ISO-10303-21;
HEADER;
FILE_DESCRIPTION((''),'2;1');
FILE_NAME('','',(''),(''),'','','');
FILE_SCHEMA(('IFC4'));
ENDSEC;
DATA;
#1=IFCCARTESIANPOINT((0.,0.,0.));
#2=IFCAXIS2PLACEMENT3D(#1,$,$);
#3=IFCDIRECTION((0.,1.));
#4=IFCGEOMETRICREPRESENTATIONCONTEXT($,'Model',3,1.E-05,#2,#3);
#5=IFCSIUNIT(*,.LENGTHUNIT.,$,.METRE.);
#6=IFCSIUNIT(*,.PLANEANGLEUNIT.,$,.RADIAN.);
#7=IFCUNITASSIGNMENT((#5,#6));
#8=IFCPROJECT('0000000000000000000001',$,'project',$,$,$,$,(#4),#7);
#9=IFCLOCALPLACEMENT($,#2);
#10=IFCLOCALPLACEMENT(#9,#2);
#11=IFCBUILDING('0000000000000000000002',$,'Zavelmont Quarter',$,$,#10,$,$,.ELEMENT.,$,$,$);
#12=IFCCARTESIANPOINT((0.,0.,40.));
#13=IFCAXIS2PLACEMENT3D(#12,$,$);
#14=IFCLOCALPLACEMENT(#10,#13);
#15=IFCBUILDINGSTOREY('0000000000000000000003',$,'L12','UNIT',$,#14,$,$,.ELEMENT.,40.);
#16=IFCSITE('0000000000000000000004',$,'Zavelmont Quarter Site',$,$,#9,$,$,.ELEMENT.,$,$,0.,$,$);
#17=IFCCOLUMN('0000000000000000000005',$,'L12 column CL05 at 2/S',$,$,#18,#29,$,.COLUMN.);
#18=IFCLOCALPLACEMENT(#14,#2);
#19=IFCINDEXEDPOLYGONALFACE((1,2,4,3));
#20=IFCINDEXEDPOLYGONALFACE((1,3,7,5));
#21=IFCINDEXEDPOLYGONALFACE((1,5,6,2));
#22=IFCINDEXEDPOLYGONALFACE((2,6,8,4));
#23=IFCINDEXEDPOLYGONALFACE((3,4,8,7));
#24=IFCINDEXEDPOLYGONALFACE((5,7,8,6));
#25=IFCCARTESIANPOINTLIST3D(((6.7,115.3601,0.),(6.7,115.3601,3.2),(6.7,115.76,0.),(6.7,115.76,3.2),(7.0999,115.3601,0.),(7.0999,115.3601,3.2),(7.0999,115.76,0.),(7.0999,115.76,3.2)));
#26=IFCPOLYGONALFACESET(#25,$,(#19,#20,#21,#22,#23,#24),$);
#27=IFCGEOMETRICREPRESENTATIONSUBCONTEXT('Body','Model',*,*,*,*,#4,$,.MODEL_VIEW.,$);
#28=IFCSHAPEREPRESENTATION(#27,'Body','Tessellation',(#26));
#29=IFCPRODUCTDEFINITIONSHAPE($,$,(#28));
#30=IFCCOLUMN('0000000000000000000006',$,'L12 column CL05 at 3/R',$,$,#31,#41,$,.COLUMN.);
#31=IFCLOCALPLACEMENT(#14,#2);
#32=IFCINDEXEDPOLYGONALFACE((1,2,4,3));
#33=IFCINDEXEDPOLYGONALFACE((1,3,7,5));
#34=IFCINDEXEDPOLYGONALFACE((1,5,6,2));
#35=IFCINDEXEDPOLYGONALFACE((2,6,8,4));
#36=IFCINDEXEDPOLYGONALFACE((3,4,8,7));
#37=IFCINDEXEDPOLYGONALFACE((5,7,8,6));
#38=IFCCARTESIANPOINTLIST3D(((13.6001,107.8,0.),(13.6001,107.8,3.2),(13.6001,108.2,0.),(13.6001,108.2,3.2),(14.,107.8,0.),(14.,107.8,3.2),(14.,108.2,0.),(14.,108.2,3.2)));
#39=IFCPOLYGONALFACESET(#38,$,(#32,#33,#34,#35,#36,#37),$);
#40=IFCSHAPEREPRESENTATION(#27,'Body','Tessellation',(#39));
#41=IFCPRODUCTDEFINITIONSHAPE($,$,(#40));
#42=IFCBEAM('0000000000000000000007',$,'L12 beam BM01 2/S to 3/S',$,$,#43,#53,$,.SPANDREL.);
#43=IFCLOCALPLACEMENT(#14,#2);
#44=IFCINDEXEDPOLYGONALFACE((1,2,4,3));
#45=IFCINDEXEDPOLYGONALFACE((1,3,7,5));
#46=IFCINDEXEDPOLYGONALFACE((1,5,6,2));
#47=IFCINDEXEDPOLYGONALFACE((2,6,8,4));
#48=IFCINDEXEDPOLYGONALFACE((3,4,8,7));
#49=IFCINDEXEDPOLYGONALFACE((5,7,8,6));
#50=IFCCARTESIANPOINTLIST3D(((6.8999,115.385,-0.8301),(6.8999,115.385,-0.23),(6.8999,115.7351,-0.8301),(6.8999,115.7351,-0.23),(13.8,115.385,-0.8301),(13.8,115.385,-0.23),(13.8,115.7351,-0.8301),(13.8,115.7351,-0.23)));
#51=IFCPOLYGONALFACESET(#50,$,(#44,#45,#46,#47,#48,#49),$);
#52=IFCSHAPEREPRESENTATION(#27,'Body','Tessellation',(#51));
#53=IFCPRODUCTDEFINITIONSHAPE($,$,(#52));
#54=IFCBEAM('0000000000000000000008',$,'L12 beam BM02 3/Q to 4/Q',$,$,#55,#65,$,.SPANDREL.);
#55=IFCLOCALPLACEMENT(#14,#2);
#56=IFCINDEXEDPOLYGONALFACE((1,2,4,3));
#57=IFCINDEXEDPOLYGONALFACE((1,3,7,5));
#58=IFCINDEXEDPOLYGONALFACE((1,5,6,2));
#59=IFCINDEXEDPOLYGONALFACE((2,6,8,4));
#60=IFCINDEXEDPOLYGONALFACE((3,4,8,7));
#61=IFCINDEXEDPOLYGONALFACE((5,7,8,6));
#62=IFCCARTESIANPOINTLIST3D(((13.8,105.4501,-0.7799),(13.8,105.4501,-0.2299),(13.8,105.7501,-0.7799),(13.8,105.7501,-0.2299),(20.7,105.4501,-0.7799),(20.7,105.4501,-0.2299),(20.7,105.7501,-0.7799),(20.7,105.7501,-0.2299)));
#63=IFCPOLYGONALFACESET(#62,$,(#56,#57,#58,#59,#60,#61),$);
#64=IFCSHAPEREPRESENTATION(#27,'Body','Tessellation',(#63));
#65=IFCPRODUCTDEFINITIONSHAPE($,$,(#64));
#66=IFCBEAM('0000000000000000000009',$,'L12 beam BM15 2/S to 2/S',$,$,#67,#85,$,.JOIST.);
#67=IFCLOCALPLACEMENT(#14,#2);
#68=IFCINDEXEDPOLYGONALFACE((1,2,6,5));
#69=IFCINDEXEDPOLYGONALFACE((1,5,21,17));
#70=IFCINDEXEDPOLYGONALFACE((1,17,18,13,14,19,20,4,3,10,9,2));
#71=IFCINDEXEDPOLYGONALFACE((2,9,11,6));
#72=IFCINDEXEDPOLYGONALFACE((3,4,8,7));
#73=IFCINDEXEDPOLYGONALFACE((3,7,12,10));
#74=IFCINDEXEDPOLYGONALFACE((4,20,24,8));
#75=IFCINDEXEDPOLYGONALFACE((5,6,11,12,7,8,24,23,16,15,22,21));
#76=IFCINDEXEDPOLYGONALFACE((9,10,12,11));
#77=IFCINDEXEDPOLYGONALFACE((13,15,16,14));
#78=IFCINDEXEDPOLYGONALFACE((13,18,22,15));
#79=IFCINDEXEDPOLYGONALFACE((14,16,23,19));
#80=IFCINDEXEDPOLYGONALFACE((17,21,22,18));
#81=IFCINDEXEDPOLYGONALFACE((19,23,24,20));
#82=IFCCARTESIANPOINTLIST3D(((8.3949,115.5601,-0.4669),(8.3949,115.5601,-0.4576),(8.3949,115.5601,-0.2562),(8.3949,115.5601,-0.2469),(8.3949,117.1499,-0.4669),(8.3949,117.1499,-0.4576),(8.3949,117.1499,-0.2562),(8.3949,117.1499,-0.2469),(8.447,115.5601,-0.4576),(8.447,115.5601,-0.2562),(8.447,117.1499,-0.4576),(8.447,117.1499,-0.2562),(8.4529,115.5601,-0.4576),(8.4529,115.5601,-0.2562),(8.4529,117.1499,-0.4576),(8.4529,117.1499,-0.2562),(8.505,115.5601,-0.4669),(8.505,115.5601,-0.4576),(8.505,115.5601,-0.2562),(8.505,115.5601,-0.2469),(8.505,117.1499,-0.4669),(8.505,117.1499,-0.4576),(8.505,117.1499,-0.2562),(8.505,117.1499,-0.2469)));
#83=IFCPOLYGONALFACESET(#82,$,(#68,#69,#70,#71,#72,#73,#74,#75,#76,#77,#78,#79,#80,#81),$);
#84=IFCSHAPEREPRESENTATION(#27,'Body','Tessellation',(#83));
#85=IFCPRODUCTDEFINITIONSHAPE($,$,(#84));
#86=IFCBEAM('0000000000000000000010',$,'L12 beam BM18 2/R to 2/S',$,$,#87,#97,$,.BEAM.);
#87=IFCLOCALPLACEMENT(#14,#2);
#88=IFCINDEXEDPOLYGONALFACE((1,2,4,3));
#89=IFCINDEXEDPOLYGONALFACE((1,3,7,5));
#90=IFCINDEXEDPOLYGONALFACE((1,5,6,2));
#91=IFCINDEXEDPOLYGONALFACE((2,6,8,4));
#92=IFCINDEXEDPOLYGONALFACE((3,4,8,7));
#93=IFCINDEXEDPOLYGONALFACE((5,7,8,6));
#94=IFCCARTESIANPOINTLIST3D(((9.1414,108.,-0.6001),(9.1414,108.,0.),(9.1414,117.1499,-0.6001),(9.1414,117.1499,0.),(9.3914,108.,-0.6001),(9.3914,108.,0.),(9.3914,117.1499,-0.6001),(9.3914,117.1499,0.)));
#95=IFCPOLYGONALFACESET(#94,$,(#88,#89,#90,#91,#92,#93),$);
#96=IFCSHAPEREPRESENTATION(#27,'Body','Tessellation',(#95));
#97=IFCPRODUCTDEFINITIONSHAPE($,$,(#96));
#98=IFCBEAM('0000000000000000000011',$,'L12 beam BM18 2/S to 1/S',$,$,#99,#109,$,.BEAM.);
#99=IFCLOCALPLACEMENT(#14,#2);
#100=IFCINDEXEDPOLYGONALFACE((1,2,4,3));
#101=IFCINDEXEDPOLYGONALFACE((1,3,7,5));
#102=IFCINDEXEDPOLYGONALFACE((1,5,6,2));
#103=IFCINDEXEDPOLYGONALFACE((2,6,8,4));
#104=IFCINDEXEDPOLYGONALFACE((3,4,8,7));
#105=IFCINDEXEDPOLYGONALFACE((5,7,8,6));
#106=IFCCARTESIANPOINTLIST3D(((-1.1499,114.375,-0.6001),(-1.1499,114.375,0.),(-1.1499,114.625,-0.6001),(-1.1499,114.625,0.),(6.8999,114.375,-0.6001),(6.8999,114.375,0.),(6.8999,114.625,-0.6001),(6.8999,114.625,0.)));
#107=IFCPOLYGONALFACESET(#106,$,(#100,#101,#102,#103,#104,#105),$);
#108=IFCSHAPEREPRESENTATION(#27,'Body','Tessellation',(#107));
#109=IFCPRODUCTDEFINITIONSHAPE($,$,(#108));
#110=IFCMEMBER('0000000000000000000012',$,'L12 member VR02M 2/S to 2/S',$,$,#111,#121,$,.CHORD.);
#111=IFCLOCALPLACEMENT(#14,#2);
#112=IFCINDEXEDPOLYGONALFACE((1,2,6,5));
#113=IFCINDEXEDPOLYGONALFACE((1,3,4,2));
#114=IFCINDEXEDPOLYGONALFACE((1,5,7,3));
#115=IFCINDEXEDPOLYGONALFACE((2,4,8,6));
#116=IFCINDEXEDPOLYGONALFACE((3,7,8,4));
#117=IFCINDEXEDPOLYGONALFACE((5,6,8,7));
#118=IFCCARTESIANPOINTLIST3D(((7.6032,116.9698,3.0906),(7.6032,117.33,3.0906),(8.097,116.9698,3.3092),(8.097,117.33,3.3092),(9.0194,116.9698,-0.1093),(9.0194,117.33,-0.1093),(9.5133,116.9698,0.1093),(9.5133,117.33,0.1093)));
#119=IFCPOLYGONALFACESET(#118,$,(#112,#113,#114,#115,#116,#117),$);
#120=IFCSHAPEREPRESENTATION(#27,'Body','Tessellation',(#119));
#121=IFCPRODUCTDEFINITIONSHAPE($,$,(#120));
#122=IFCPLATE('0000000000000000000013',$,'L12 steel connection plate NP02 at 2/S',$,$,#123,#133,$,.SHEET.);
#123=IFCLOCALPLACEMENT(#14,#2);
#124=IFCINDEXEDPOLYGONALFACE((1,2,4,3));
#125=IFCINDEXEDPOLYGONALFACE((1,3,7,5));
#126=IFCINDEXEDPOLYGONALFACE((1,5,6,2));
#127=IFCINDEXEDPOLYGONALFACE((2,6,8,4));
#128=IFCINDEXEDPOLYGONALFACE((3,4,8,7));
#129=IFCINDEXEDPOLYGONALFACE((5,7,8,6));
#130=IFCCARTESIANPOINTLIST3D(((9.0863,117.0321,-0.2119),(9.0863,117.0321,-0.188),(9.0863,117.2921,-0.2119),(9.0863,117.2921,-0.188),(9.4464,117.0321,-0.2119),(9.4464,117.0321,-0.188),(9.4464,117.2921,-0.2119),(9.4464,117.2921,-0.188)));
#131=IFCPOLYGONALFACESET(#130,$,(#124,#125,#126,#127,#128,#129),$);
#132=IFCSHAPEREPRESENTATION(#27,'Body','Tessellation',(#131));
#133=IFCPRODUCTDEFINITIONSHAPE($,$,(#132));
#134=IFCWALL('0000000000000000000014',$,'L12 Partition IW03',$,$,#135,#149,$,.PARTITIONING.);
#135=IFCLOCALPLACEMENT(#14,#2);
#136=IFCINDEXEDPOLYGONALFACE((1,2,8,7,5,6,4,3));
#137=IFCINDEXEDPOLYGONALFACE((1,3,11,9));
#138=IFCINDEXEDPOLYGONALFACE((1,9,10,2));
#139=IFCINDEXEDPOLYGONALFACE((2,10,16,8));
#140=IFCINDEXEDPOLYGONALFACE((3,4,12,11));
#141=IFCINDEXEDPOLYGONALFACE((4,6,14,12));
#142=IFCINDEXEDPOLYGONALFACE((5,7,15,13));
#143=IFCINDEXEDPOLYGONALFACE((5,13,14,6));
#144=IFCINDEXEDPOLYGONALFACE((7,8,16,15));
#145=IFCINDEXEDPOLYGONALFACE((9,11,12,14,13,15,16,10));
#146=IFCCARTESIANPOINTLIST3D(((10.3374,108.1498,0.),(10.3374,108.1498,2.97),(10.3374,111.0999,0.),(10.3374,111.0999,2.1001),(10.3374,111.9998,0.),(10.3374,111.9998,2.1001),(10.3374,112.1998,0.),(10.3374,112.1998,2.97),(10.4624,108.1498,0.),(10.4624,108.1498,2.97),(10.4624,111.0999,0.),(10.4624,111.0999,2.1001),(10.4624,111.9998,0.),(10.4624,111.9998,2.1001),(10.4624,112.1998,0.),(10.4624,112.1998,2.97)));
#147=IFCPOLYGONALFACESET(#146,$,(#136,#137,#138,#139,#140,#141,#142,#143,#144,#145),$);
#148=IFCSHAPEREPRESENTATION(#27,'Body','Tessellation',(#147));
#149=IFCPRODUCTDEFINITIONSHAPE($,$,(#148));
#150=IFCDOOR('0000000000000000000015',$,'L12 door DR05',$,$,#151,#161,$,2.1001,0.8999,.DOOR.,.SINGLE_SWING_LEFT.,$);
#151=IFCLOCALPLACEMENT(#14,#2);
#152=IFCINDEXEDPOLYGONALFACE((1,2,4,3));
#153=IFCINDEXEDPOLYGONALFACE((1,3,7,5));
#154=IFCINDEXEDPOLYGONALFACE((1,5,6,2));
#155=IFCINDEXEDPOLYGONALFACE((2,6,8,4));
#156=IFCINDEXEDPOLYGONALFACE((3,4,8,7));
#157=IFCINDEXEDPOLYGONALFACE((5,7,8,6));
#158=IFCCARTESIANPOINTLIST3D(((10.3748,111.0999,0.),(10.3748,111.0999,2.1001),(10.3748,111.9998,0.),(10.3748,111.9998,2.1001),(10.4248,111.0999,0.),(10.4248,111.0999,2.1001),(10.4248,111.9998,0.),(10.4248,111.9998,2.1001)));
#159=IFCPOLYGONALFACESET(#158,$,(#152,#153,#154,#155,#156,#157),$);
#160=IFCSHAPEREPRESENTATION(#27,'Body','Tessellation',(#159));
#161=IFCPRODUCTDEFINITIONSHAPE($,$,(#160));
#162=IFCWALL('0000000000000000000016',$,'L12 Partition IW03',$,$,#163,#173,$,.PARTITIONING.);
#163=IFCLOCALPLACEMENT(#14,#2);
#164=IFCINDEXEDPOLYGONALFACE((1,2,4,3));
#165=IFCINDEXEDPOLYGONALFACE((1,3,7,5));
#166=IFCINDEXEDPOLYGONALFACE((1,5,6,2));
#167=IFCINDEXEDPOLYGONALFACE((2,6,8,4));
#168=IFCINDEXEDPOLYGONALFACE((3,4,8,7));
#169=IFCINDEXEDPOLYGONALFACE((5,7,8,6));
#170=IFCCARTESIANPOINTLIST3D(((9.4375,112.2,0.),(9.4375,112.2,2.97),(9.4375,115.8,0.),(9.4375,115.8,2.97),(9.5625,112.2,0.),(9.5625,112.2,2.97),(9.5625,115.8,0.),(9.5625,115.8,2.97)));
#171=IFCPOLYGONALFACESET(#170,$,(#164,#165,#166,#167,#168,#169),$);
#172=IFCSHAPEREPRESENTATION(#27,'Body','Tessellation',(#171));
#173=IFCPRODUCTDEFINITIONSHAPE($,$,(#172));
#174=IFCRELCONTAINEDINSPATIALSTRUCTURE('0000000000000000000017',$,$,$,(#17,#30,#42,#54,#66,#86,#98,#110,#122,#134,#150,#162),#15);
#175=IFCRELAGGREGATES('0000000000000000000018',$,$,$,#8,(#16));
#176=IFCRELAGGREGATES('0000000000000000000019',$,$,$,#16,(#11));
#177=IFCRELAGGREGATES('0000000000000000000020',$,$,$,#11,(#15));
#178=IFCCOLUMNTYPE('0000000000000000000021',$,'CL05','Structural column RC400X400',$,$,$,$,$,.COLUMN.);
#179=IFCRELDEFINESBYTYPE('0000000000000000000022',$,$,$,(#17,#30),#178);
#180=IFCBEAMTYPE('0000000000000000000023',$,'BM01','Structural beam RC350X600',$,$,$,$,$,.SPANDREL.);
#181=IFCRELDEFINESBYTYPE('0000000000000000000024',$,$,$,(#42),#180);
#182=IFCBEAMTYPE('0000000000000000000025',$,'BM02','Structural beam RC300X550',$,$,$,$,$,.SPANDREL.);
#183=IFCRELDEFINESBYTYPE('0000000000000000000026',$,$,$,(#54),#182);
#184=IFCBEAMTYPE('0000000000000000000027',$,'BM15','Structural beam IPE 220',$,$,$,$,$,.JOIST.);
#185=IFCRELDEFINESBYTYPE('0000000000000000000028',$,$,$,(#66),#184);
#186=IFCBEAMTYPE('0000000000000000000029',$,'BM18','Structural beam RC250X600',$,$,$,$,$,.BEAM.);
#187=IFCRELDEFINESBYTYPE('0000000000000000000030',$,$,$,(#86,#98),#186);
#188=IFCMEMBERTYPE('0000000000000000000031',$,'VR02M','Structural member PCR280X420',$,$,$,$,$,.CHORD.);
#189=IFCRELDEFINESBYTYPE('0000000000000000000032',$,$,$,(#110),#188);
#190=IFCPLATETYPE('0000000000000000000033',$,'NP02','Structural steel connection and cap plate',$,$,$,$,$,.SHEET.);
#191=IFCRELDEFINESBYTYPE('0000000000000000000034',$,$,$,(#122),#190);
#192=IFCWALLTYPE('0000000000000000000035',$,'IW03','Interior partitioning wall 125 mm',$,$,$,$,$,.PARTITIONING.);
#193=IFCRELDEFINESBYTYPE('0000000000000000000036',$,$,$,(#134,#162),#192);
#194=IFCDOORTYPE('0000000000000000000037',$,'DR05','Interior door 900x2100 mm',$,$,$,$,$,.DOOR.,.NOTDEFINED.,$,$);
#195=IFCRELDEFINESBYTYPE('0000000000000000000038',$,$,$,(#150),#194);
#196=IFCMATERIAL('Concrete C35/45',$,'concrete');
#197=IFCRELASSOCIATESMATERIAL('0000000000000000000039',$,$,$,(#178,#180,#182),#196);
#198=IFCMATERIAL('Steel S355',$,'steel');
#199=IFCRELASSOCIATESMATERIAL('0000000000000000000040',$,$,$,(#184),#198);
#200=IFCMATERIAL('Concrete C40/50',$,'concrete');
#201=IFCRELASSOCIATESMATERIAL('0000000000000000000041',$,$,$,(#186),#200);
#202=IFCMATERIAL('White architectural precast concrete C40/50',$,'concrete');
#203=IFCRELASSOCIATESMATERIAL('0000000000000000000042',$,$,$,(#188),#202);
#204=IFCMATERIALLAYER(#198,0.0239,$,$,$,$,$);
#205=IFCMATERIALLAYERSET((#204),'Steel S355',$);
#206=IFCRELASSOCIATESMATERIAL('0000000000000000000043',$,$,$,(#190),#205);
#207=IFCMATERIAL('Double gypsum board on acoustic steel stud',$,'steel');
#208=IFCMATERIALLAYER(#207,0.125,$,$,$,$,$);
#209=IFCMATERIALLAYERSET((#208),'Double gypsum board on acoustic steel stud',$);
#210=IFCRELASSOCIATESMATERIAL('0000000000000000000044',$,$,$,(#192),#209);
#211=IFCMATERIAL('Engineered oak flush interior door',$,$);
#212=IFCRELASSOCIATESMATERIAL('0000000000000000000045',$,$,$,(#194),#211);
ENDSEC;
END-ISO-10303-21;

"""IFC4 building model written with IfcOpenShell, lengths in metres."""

from ifc_helpers import new_model, si_unit, direction, frame, frame_2d, origin, origin_2d, place, context, subcontext, project, spatial, rectangle, i_section, extrude, material, layer, layer_set, material_profile, profile_set, type_object, element, fill, save


model = new_model("IFC4")

# Units and contexts
model_context = context("Model", 3, precision=1e-05, world=origin(), true_north=direction((0.0, 1.0)))
body_context = subcontext(model_context, "Body", "Model", "MODEL_VIEW")
ifc_project = project(units=[si_unit("LENGTHUNIT", "METRE"), si_unit("PLANEANGLEUNIT", "RADIAN")], contexts=[model_context])

# Site, building, storey
site_placement = place(None, origin())
site = spatial("IfcSite", under=ifc_project, at=site_placement, Name="Zavelmont Quarter Site", CompositionType="ELEMENT", RefElevation=0.0)
building_placement = place(site_placement, origin())
building = spatial("IfcBuilding", under=site, at=building_placement, Name="Zavelmont Quarter", CompositionType="ELEMENT")
storey_placement = place(building_placement, frame((0.0, 0.0, 40.0)))
storey = spatial("IfcBuildingStorey", under=building, at=storey_placement, Name="L12", Description="UNIT", CompositionType="ELEMENT", Elevation=40.0)

# Columns
ifc_material_1 = material(Name="Concrete C35/45", Category="concrete")
ifc_material_profile_1 = material_profile(ifc_material_1, rectangle(XDim=0.3999, YDim=0.3999, at=origin_2d()), Name="RC400X400")
ifc_profile_set_1 = profile_set([ifc_material_profile_1], Name="Concrete C35/45")
column_type = type_object("IfcColumnType", Name="CL05", Description="Structural column RC400X400", PredefinedType="COLUMN", material=ifc_profile_set_1)
for number, where, z_axis, x_axis, name in (
    (1, (6.8999, 115.5601, 0.0), (0.0, 0.0, 1.0), (1.0, 0.0, 0.0), "L12 column CL05 at 2/S"),
    (2, (13.8, 108.0, 0.0), (0.0, 0.0, 1.0), (1.0, 0.0, 0.0), "L12 column CL05 at 3/R"),
):
    element("IfcColumn", number, at=place(storey_placement, frame(where, z_axis=z_axis, x_axis=x_axis)), inside=storey, type_object=column_type, Name=name, PredefinedType="COLUMN", context=body_context, shape_type="SweptSolid", body=[
        extrude(rectangle(XDim=0.3999, YDim=0.3999, at=origin_2d()), origin(), (0.0, 0.0, 1.0), 3.2),
    ])

# Beams
ifc_material_profile_2 = material_profile(ifc_material_1, rectangle(XDim=0.3501, YDim=0.6001, at=origin_2d()), Name="RC350X600")
ifc_profile_set_2 = profile_set([ifc_material_profile_2], Name="Concrete C35/45")
beam_type_1 = type_object("IfcBeamType", Name="BM01", Description="Structural beam RC350X600", PredefinedType="SPANDREL", material=ifc_profile_set_2)
beam_1_placement = place(storey_placement, frame((6.8999, 115.5601, -0.53), z_axis=(1.0, 0.0, 0.0), x_axis=(0.0, 1.0, 0.0)))
element("IfcBeam", 3, at=beam_1_placement, inside=storey, type_object=beam_type_1, Name="L12 beam BM01 2/S to 3/S", PredefinedType="SPANDREL", context=body_context, shape_type="SweptSolid", body=[
    extrude(rectangle(XDim=0.3501, YDim=0.6001, at=origin_2d()), origin(), (0.0, 0.0, 1.0), 6.9001),
])
ifc_material_profile_3 = material_profile(ifc_material_1, rectangle(XDim=0.3, YDim=0.55, at=origin_2d()), Name="RC300X550")
ifc_profile_set_3 = profile_set([ifc_material_profile_3], Name="Concrete C35/45")
beam_type_2 = type_object("IfcBeamType", Name="BM02", Description="Structural beam RC300X550", PredefinedType="SPANDREL", material=ifc_profile_set_3)
beam_2_placement = place(storey_placement, frame((13.8, 105.6001, -0.5049), z_axis=(1.0, 0.0, 0.0), x_axis=(0.0, 1.0, 0.0)))
element("IfcBeam", 4, at=beam_2_placement, inside=storey, type_object=beam_type_2, Name="L12 beam BM02 3/Q to 4/Q", PredefinedType="SPANDREL", context=body_context, shape_type="SweptSolid", body=[
    extrude(rectangle(XDim=0.3, YDim=0.55, at=origin_2d()), origin(), (0.0, 0.0, 1.0), 6.8999),
])
ifc_material_2 = material(Name="Steel S355", Category="steel")
ifc_material_profile_4 = material_profile(ifc_material_2, i_section(OverallWidth=0.1101, OverallDepth=0.22, WebThickness=0.0059, FlangeThickness=0.0093, at=origin_2d()), Name="IPE 220")
ifc_profile_set_4 = profile_set([ifc_material_profile_4], Name="Steel S355")
beam_type_3 = type_object("IfcBeamType", Name="BM15", Description="Structural beam IPE 220", PredefinedType="JOIST", material=ifc_profile_set_4)
beam_3_placement = place(storey_placement, frame((8.45, 115.5601, -0.3569), z_axis=(0.0, 1.0, 0.0), x_axis=(-1.0, 0.0, 0.0)))
element("IfcBeam", 5, at=beam_3_placement, inside=storey, type_object=beam_type_3, Name="L12 beam BM15 2/S to 2/S", PredefinedType="JOIST", context=body_context, shape_type="SweptSolid", body=[
    extrude(i_section(OverallWidth=0.1101, OverallDepth=0.22, WebThickness=0.0059, FlangeThickness=0.0093, at=origin_2d()), origin(), (0.0, 0.0, 1.0), 1.5898),
])
ifc_material_3 = material(Name="Concrete C40/50", Category="concrete")
ifc_material_profile_5 = material_profile(ifc_material_3, rectangle(XDim=0.25, YDim=0.6001, at=origin_2d()), Name="RC250X600")
ifc_profile_set_5 = profile_set([ifc_material_profile_5], Name="Concrete C40/50")
beam_type_4 = type_object("IfcBeamType", Name="BM18", Description="Structural beam RC250X600", PredefinedType="BEAM", material=ifc_profile_set_5)
beam_4_placement = place(storey_placement, frame((9.2664, 108.0, -0.3), z_axis=(0.0, 1.0, 0.0), x_axis=(-1.0, 0.0, 0.0)))
element("IfcBeam", 6, at=beam_4_placement, inside=storey, type_object=beam_type_4, Name="L12 beam BM18 2/R to 2/S", PredefinedType="BEAM", context=body_context, shape_type="SweptSolid", body=[
    extrude(rectangle(XDim=0.25, YDim=0.6001, at=origin_2d()), origin(), (0.0, 0.0, 1.0), 9.1499),
])
beam_5_placement = place(storey_placement, frame((6.8999, 114.5, -0.3), z_axis=(-1.0, 0.0, 0.0), x_axis=(0.0, -1.0, 0.0)))
element("IfcBeam", 7, at=beam_5_placement, inside=storey, type_object=beam_type_4, Name="L12 beam BM18 2/S to 1/S", PredefinedType="BEAM", context=body_context, shape_type="SweptSolid", body=[
    extrude(rectangle(XDim=0.25, YDim=0.6001, at=origin_2d()), origin(), (0.0, 0.0, 1.0), 8.0498),
])

# Member
ifc_material_4 = material(Name="White architectural precast concrete C40/50", Category="concrete")
ifc_material_profile_6 = material_profile(ifc_material_4, rectangle(XDim=0.3601, YDim=0.54, at=origin_2d()), Name="PCR280X420")
ifc_profile_set_6 = profile_set([ifc_material_profile_6], Name="White architectural precast concrete C40/50")
member_type = type_object("IfcMemberType", Name="VR02M", Description="Structural member PCR280X420", PredefinedType="CHORD", material=ifc_profile_set_6)
member_placement = place(storey_placement, frame((9.2664, 117.1499, 0.0), z_axis=(-0.40472, 0.0, 0.914441), x_axis=(0.0, -1.0, 0.0)))
element("IfcMember", 8, at=member_placement, inside=storey, type_object=member_type, Name="L12 member VR02M 2/S to 2/S", PredefinedType="CHORD", context=body_context, shape_type="SweptSolid", body=[
    extrude(rectangle(XDim=0.3601, YDim=0.54, at=origin_2d()), origin(), (0.0, 0.0, 1.0), 3.4993),
])

# Plate
ifc_layer_1 = layer(ifc_material_2, 0.0239)
ifc_layer_set_1 = layer_set([ifc_layer_1], Name="Steel S355")
plate_type = type_object("IfcPlateType", Name="NP02", Description="Structural steel connection and cap plate", PredefinedType="SHEET", material=ifc_layer_set_1)
plate_placement = place(storey_placement, frame((9.2664, 117.1621, -0.2119), z_axis=(0.0, 0.0, 1.0), x_axis=(1.0, 0.0, 0.0)))
element("IfcPlate", 9, at=plate_placement, inside=storey, type_object=plate_type, Name="L12 steel connection plate NP02 at 2/S", PredefinedType="SHEET", context=body_context, shape_type="SweptSolid", body=[
    extrude(rectangle(XDim=0.3601, YDim=0.26, at=origin_2d()), origin(), (0.0, 0.0, 1.0), 0.0239),
])

# Wall, opening, door
ifc_material_5 = material(Name="Double gypsum board on acoustic steel stud", Category="steel")
ifc_layer_2 = layer(ifc_material_5, 0.125)
ifc_layer_set_2 = layer_set([ifc_layer_2], Name="Double gypsum board on acoustic steel stud")
wall_type_1 = type_object("IfcWallType", Name="IW03", Description="Interior partitioning wall 125 mm", PredefinedType="PARTITIONING", material=ifc_layer_set_2)
wall_1_placement = place(storey_placement, frame((10.3999, 108.1499, 0.0), z_axis=(0.0, 0.0, 1.0), x_axis=(0.0, 1.0, 0.0)))
wall_1 = element("IfcWall", 10, at=wall_1_placement, inside=storey, type_object=wall_type_1, Name="L12 Partition IW03", PredefinedType="PARTITIONING", context=body_context, shape_type="SweptSolid", body=[
    extrude(rectangle(XDim=4.05, YDim=0.125, at=frame_2d((2.0249, 0.0))), origin(), (0.0, 0.0, 1.0), 2.97),
])
opening_1_placement = place(wall_1_placement, frame((2.95, 0.0, 0.0)))
opening_1 = element("IfcOpeningElement", 11, at=opening_1_placement, cuts=wall_1, PredefinedType="OPENING", context=body_context, shape_type="SweptSolid", body=[
    extrude(rectangle(XDim=0.8999, YDim=2.1001, at=frame_2d((0.45, 1.05))), frame((0.0, 0.0745, 0.0), z_axis=(0.0, -1.0, 0.0), x_axis=(1.0, 0.0, 0.0)), (0.0, 0.0, 1.0), 0.1489),
])
ifc_material_6 = material(Name="Engineered oak flush interior door")
door_type_1 = type_object("IfcDoorType", Name="DR05", Description="Interior door 900x2100 mm", OperationType="NOTDEFINED", PredefinedType="DOOR", material=ifc_material_6)
door_1_placement = place(opening_1_placement, frame((0.8999, 0.0, 0.0), z_axis=(0.0, 0.0, 1.0), x_axis=(-1.0, 0.0, 0.0)))
door_1 = element("IfcDoor", 12, at=door_1_placement, inside=storey, type_object=door_type_1, Name="L12 door DR05", OperationType="SINGLE_SWING_LEFT", OverallHeight=2.1001, OverallWidth=0.8999, PredefinedType="DOOR", context=body_context, shape_type="SweptSolid", body=[
    extrude(rectangle(XDim=0.8999, YDim=2.1001, at=frame_2d((0.45, 1.05))), frame((0.0, 0.0249, 0.0), z_axis=(0.0, -1.0, 0.0), x_axis=(1.0, 0.0, 0.0)), (0.0, 0.0, 1.0), 0.05),
])
fill(opening_1, door_1)

# Wall
wall_2_placement = place(storey_placement, frame((9.5, 112.2, 0.0), z_axis=(0.0, 0.0, 1.0), x_axis=(0.0, 1.0, 0.0)))
element("IfcWall", 13, at=wall_2_placement, inside=storey, type_object=wall_type_1, Name="L12 Partition IW03", PredefinedType="PARTITIONING", context=body_context, shape_type="SweptSolid", body=[
    extrude(rectangle(XDim=3.6001, YDim=0.125, at=frame_2d((1.8, 0.0))), origin(), (0.0, 0.0, 1.0), 2.97),
])

save(model, "model.ifc")
